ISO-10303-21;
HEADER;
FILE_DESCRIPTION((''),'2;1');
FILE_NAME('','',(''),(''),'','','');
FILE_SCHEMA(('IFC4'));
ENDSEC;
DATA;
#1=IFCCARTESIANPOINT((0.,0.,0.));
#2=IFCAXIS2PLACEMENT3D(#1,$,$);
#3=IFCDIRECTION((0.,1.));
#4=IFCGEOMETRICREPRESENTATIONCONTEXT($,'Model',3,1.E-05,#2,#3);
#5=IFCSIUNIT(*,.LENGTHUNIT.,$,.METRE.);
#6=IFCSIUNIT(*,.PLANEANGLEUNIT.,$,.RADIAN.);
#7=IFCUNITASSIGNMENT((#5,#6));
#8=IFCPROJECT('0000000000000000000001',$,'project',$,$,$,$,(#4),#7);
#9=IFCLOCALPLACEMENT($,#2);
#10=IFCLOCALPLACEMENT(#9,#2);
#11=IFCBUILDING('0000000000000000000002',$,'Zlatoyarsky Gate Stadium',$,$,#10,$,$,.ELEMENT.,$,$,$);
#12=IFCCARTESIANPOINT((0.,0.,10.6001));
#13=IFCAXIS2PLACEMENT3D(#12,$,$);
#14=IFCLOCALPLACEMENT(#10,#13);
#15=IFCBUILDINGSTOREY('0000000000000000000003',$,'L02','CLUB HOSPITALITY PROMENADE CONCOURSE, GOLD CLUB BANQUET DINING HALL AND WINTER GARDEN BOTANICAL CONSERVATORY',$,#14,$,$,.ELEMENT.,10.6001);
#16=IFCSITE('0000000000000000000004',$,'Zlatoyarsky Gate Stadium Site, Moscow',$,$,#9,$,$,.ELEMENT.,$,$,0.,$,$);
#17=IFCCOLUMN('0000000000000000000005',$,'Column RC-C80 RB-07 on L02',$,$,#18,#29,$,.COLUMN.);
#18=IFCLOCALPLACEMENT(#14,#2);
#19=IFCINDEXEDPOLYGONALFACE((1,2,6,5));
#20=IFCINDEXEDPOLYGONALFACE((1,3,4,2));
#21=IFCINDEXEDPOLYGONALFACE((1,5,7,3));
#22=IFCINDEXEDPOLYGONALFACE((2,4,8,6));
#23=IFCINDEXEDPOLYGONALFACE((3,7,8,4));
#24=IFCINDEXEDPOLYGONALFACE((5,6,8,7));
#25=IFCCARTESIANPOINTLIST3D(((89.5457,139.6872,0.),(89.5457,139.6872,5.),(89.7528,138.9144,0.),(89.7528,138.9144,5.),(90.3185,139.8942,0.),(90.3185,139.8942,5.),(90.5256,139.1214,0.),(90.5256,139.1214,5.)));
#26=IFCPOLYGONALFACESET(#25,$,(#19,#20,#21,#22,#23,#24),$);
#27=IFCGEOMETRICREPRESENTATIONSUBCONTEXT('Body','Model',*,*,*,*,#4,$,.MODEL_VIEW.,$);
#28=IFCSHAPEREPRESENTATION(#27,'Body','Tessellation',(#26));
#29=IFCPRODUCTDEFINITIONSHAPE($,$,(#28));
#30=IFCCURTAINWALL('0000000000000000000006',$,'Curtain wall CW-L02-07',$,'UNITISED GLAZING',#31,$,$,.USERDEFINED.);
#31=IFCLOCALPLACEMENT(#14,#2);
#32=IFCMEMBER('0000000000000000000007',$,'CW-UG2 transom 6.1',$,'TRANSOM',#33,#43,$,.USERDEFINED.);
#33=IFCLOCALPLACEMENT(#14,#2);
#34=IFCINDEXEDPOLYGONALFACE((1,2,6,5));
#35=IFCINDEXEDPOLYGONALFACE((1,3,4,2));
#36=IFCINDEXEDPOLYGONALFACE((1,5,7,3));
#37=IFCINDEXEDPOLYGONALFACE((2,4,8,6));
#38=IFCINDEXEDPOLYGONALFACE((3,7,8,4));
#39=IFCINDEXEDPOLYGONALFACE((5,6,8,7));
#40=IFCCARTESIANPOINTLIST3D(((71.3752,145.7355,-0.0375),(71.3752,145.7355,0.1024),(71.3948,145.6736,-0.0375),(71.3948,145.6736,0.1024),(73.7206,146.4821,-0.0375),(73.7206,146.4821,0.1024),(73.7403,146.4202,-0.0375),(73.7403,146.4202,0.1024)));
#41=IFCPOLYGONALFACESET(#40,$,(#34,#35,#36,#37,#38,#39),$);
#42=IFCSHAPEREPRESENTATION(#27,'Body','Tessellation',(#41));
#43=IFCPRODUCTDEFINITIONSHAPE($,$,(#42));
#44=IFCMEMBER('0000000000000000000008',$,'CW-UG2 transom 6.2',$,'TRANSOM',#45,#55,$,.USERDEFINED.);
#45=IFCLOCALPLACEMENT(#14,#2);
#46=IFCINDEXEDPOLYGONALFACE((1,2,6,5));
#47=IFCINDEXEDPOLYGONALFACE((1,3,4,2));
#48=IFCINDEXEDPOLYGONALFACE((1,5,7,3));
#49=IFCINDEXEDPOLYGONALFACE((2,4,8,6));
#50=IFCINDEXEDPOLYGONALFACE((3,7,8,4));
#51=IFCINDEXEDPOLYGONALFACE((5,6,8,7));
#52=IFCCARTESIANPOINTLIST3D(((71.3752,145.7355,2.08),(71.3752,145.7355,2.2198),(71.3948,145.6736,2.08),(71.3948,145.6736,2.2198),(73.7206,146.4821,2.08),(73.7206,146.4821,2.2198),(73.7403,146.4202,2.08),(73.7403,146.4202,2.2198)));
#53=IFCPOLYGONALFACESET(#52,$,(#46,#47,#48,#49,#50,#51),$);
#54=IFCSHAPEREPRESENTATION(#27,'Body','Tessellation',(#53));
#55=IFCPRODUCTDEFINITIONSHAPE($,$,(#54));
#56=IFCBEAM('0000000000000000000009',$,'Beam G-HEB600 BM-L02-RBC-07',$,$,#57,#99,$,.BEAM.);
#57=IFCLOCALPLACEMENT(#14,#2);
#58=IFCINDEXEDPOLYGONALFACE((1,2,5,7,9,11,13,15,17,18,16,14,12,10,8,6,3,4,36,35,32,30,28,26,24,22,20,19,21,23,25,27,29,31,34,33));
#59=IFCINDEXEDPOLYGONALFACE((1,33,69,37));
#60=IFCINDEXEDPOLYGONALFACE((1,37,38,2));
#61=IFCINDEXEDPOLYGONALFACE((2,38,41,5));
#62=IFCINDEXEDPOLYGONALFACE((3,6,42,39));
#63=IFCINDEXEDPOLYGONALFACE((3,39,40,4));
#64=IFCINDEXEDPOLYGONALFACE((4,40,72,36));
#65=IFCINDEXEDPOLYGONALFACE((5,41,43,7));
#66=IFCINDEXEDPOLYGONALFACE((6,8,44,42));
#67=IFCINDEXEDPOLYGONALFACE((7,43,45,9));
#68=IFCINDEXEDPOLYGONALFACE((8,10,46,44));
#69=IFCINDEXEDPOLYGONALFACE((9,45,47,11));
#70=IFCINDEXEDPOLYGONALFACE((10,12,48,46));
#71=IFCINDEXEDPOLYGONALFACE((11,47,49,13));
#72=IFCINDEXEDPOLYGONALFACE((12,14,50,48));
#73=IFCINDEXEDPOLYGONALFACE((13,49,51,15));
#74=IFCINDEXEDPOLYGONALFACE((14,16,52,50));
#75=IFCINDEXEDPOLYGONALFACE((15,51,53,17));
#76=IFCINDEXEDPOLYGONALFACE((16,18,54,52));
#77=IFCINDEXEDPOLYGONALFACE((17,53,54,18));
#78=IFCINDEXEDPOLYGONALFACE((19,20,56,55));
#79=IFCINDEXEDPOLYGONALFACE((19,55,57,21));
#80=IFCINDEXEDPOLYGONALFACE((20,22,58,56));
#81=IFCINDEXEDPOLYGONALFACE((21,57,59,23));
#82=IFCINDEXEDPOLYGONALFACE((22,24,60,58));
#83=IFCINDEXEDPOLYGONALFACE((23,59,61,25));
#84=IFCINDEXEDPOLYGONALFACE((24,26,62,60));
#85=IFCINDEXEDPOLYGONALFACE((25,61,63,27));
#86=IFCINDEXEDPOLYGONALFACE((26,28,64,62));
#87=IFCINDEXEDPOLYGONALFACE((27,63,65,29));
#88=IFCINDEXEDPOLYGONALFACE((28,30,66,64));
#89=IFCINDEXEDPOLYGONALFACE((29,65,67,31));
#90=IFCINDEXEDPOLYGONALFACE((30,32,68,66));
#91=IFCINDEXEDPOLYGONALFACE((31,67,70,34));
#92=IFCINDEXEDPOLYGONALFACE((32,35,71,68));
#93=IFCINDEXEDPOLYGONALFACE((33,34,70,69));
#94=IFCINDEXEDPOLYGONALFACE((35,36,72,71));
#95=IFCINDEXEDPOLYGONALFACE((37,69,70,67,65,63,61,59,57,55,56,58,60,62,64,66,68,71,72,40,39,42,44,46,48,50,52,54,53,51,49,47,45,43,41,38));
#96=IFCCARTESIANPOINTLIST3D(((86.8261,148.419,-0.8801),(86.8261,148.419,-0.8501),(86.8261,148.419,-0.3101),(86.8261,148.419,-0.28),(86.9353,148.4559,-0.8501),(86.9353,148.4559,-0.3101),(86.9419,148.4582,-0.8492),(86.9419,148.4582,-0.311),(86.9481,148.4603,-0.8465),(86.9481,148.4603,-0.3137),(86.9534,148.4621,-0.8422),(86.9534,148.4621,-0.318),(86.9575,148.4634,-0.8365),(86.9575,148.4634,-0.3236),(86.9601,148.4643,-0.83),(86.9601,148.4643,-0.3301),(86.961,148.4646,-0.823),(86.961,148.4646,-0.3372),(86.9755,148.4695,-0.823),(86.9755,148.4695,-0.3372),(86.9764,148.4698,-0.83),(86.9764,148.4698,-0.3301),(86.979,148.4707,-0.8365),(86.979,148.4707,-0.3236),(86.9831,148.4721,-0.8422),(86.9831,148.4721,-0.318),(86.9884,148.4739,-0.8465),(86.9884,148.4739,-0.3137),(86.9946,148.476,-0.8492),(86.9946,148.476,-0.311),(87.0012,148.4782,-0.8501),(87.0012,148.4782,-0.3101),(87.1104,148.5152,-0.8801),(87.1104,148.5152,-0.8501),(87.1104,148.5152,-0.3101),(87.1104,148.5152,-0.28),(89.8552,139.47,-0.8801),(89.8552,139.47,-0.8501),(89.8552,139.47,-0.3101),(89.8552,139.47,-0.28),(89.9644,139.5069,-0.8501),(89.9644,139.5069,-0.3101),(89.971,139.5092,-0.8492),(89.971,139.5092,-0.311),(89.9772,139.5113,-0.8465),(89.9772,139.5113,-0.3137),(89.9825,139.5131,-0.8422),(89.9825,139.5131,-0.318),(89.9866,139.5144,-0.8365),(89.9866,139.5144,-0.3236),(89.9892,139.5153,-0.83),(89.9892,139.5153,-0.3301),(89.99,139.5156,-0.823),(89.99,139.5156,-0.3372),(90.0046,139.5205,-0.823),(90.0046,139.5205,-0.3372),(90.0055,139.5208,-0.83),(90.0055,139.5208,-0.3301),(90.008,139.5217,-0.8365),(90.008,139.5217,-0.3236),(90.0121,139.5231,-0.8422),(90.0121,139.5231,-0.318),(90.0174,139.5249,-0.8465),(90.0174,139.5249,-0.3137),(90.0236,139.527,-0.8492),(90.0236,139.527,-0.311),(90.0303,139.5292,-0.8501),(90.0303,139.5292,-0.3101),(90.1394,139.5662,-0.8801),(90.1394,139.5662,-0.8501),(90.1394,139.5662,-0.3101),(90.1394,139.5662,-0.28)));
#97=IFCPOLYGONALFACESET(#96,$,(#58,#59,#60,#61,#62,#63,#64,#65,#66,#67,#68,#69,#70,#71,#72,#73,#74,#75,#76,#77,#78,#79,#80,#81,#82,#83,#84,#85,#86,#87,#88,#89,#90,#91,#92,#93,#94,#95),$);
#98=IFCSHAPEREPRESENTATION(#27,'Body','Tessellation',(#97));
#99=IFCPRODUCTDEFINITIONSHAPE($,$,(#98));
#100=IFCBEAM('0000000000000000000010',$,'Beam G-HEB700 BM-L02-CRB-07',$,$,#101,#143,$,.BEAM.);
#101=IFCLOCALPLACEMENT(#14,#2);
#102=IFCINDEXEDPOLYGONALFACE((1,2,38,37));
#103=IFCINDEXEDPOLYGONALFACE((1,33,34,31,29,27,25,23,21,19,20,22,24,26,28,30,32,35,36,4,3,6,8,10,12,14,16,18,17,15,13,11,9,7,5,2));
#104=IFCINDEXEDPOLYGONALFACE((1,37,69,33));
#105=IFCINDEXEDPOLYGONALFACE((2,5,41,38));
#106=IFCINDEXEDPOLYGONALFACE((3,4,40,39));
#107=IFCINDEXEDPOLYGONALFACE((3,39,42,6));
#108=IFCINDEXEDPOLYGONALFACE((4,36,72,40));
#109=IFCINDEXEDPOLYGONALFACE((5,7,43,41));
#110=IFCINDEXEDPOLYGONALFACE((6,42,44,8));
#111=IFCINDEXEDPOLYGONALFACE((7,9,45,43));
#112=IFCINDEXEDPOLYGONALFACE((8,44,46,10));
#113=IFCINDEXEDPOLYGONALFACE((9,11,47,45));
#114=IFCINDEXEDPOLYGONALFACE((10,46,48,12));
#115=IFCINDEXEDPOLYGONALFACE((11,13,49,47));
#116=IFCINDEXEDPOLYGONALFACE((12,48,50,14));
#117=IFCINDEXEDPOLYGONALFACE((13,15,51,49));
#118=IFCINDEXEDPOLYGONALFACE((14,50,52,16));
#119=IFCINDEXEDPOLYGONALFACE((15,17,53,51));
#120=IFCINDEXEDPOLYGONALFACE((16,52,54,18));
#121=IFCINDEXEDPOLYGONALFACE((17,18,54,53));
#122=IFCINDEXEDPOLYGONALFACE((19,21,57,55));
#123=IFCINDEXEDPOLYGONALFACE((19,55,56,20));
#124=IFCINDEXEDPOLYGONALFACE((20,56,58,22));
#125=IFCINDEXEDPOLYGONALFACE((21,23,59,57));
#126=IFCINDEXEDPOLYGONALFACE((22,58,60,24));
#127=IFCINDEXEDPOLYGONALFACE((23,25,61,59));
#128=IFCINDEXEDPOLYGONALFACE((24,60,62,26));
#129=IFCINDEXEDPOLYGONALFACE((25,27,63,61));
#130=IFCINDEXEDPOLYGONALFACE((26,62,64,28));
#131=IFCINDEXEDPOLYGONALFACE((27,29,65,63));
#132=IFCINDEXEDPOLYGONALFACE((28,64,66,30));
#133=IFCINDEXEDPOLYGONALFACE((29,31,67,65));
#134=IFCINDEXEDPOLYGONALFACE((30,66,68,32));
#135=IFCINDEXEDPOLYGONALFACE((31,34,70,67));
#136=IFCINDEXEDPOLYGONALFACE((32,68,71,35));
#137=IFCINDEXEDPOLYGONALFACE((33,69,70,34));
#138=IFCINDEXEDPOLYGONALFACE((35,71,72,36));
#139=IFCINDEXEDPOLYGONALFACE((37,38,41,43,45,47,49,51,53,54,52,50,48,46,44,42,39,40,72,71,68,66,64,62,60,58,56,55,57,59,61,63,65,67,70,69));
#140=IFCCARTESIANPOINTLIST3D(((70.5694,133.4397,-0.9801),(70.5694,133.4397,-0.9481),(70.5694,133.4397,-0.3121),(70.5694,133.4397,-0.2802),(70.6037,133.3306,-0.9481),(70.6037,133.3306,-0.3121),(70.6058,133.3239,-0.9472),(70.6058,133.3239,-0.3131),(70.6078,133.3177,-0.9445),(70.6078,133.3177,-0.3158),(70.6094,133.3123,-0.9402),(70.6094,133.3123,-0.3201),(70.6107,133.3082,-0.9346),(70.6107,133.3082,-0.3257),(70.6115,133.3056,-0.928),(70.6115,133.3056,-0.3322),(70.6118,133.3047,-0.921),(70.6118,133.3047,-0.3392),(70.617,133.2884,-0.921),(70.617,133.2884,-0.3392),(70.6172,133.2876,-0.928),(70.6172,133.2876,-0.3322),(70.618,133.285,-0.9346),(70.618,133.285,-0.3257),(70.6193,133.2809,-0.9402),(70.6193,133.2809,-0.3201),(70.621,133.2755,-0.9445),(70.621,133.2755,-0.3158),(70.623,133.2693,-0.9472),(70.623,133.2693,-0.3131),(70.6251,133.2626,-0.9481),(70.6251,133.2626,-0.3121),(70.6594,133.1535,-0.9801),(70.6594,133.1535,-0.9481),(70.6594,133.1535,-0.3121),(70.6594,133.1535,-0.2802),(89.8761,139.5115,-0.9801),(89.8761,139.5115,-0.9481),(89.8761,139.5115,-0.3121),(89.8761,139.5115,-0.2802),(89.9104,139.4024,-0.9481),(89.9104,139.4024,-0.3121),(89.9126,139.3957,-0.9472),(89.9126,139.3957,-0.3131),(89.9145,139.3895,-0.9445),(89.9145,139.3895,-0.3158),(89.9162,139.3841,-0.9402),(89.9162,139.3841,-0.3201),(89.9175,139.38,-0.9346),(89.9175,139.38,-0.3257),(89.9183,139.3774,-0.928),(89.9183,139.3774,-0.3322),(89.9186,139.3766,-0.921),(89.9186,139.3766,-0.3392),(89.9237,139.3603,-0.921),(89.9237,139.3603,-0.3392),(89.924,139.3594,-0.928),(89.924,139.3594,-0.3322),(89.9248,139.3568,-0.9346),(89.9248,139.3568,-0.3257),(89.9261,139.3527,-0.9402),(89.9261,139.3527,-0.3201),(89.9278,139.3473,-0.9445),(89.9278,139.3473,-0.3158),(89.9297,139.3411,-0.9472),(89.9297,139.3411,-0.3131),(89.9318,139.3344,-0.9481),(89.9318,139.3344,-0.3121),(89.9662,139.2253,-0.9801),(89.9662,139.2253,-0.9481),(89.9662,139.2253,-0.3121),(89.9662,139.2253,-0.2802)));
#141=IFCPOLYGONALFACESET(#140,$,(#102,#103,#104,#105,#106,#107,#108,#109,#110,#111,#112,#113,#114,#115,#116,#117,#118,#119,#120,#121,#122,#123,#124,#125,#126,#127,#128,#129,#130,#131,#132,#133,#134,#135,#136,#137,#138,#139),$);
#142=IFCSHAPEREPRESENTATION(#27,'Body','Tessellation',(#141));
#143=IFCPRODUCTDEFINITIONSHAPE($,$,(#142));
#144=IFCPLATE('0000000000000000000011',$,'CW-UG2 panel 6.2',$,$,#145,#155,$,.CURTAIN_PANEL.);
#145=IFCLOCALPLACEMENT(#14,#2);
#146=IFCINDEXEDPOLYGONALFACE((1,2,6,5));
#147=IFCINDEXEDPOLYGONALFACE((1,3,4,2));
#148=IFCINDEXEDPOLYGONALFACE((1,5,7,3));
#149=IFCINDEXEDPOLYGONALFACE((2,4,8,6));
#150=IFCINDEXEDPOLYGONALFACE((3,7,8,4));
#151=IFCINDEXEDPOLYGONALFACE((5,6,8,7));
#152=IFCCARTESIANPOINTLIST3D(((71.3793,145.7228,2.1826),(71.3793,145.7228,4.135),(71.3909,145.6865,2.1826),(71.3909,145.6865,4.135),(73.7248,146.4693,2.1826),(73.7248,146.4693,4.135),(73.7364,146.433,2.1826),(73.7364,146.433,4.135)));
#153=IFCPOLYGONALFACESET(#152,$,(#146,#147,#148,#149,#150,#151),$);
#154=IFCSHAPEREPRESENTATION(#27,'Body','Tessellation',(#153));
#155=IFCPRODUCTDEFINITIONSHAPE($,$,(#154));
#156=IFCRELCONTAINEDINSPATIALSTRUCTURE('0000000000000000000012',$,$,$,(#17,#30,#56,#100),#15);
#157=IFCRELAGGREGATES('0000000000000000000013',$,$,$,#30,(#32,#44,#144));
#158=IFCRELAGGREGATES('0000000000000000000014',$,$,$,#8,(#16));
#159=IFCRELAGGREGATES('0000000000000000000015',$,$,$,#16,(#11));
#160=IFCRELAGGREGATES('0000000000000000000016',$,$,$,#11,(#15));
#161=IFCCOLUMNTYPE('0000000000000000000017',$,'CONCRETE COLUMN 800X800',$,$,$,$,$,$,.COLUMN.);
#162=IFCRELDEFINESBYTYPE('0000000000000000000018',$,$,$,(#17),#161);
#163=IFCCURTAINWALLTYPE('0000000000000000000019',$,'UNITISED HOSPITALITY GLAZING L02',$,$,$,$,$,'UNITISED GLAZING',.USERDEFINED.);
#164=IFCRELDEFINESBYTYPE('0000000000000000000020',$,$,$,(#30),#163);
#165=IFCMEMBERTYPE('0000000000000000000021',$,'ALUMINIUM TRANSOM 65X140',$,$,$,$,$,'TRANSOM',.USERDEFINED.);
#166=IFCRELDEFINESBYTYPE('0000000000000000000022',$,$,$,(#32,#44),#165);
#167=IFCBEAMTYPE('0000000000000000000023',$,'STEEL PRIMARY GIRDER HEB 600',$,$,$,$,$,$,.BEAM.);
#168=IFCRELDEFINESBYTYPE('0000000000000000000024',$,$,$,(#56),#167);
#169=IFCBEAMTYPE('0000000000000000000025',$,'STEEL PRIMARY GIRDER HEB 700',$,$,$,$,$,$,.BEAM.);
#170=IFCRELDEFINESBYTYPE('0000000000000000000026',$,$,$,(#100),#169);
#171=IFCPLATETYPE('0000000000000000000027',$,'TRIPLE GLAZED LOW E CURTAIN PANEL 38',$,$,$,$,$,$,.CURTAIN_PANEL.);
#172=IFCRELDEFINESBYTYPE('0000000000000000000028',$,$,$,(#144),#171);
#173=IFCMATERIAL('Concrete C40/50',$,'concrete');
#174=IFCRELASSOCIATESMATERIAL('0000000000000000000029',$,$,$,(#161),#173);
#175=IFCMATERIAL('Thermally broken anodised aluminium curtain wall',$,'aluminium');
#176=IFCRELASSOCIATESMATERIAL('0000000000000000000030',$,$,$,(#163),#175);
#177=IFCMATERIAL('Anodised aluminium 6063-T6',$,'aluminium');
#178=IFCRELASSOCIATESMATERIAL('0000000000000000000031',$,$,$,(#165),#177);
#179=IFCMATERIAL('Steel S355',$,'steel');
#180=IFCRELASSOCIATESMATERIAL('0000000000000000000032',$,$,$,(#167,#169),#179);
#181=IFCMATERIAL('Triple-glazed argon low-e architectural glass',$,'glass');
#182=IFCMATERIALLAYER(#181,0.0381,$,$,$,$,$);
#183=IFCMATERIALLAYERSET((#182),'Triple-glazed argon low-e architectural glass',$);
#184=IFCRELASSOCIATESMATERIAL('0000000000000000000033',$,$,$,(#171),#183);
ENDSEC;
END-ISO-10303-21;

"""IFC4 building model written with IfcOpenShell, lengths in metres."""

from ifc_helpers import new_model, si_unit, direction, frame, origin, origin_2d, place, context, subcontext, project, spatial, rectangle, i_section, extrude, material, layer, layer_set, material_profile, profile_set, type_object, element, aggregate, save


model = new_model("IFC4")

# Units and contexts
model_context = context("Model", 3, precision=1e-05, world=origin(), true_north=direction((0.0, 1.0)))
body_context = subcontext(model_context, "Body", "Model", "MODEL_VIEW")
ifc_project = project(units=[si_unit("LENGTHUNIT", "METRE"), si_unit("PLANEANGLEUNIT", "RADIAN")], contexts=[model_context])

# Site, building, storey
site_placement = place(None, origin())
site = spatial("IfcSite", under=ifc_project, at=site_placement, Name="Zlatoyarsky Gate Stadium Site, Moscow", CompositionType="ELEMENT", RefElevation=0.0)
building_placement = place(site_placement, origin())
building = spatial("IfcBuilding", under=site, at=building_placement, Name="Zlatoyarsky Gate Stadium", CompositionType="ELEMENT")
storey_placement = place(building_placement, frame((0.0, 0.0, 10.6001)))
storey = spatial("IfcBuildingStorey", under=building, at=storey_placement, Name="L02", Description="CLUB HOSPITALITY PROMENADE CONCOURSE, GOLD CLUB BANQUET DINING HALL AND WINTER GARDEN BOTANICAL CONSERVATORY", CompositionType="ELEMENT", Elevation=10.6001)

# Column
ifc_material_1 = material(Name="Concrete C40/50", Category="concrete")
ifc_material_profile_1 = material_profile(ifc_material_1, rectangle(XDim=0.8, YDim=0.8, at=origin_2d()), Name="RC COL 800X800")
ifc_profile_set_1 = profile_set([ifc_material_profile_1], Name="Concrete C40/50")
column_type = type_object("IfcColumnType", Name="CONCRETE COLUMN 800X800", PredefinedType="COLUMN", material=ifc_profile_set_1)
column_placement = place(storey_placement, frame((90.0356, 139.4043, 0.0), z_axis=(0.0, 0.0, 1.0), x_axis=(-0.258819, 0.965926, 0.0)))
element("IfcColumn", 1, at=column_placement, inside=storey, type_object=column_type, Name="Column RC-C80 RB-07 on L02", PredefinedType="COLUMN", context=body_context, shape_type="SweptSolid", body=[
    extrude(rectangle(XDim=0.8, YDim=0.8, at=origin_2d()), origin(), (0.0, 0.0, 1.0), 5.0),
])

# Curtain wall, members
ifc_material_2 = material(Name="Thermally broken anodised aluminium curtain wall", Category="aluminium")
curtain_wall_type = type_object("IfcCurtainWallType", Name="UNITISED HOSPITALITY GLAZING L02", ElementType="UNITISED GLAZING", PredefinedType="USERDEFINED", material=ifc_material_2)
curtain_wall_placement = place(storey_placement, origin())
curtain_wall = element("IfcCurtainWall", 2, at=curtain_wall_placement, inside=storey, type_object=curtain_wall_type, Name="Curtain wall CW-L02-07", ObjectType="UNITISED GLAZING", PredefinedType="USERDEFINED")
ifc_material_3 = material(Name="Anodised aluminium 6063-T6", Category="aluminium")
ifc_material_profile_2 = material_profile(ifc_material_3, rectangle(XDim=0.0649, YDim=0.1399, at=origin_2d()), Name="ALU 65X140")
ifc_profile_set_2 = profile_set([ifc_material_profile_2], Name="Anodised aluminium 6063-T6")
member_type = type_object("IfcMemberType", Name="ALUMINIUM TRANSOM 65X140", ElementType="TRANSOM", PredefinedType="USERDEFINED", material=ifc_profile_set_2)
member_1_placement = place(storey_placement, frame((73.7305, 146.4512, 0.0325), z_axis=(-0.952891, -0.303314, 0.0), x_axis=(0.303314, -0.952891, 0.0)))
member_1 = element("IfcMember", 3, at=member_1_placement, type_object=member_type, Name="CW-UG2 transom 6.1", ObjectType="TRANSOM", PredefinedType="USERDEFINED", context=body_context, shape_type="SweptSolid", body=[
    extrude(rectangle(XDim=0.0649, YDim=0.1399, at=origin_2d()), origin(), (0.0, 0.0, 1.0), 2.4614),
])
member_2_placement = place(storey_placement, frame((73.7305, 146.4512, 2.1499), z_axis=(-0.952891, -0.303314, 0.0), x_axis=(0.303314, -0.952891, 0.0)))
member_2 = element("IfcMember", 4, at=member_2_placement, type_object=member_type, Name="CW-UG2 transom 6.2", ObjectType="TRANSOM", PredefinedType="USERDEFINED", context=body_context, shape_type="SweptSolid", body=[
    extrude(rectangle(XDim=0.0649, YDim=0.1399, at=origin_2d()), origin(), (0.0, 0.0, 1.0), 2.4614),
])

# Beams
ifc_material_4 = material(Name="Steel S355", Category="steel")
ifc_material_profile_3 = material_profile(ifc_material_4, i_section(OverallWidth=0.3, OverallDepth=0.6001, WebThickness=0.0154, FlangeThickness=0.03, FilletRadius=0.0271, at=origin_2d()), Name="HEB 600")
ifc_profile_set_3 = profile_set([ifc_material_profile_3], Name="Steel S355")
beam_type_1 = type_object("IfcBeamType", Name="STEEL PRIMARY GIRDER HEB 600", PredefinedType="BEAM", material=ifc_profile_set_3)
beam_1_placement = place(storey_placement, frame((89.9973, 139.5181, -0.5801), z_axis=(-0.320612, 0.947211, 0.0), x_axis=(-0.947211, -0.320612, 0.0)))
element("IfcBeam", 5, at=beam_1_placement, inside=storey, type_object=beam_type_1, Name="Beam G-HEB600 BM-L02-RBC-07", PredefinedType="BEAM", context=body_context, shape_type="SweptSolid", body=[
    extrude(i_section(OverallWidth=0.3, OverallDepth=0.6001, WebThickness=0.0154, FlangeThickness=0.03, FilletRadius=0.0271, at=origin_2d()), origin(), (0.0, 0.0, 1.0), 9.4478),
])
ifc_material_profile_4 = material_profile(ifc_material_4, i_section(OverallWidth=0.3, OverallDepth=0.7, WebThickness=0.0171, FlangeThickness=0.032, FilletRadius=0.0271, at=origin_2d()), Name="HEB 700")
ifc_profile_set_4 = profile_set([ifc_material_profile_4], Name="Steel S355")
beam_type_2 = type_object("IfcBeamType", Name="STEEL PRIMARY GIRDER HEB 700", PredefinedType="BEAM", material=ifc_profile_set_4)
beam_2_placement = place(storey_placement, frame((89.9211, 139.3684, -0.6301), z_axis=(-0.953938, -0.300005, 0.0), x_axis=(0.300005, -0.953938, 0.0)))
element("IfcBeam", 6, at=beam_2_placement, inside=storey, type_object=beam_type_2, Name="Beam G-HEB700 BM-L02-CRB-07", PredefinedType="BEAM", context=body_context, shape_type="SweptSolid", body=[
    extrude(i_section(OverallWidth=0.3, OverallDepth=0.7, WebThickness=0.0171, FlangeThickness=0.032, FilletRadius=0.0271, at=origin_2d()), origin(), (0.0, 0.0, 1.0), 20.239),
])

# Plate
ifc_material_5 = material(Name="Triple-glazed argon low-e architectural glass", Category="glass")
ifc_layer_1 = layer(ifc_material_5, 0.0381)
ifc_layer_set_1 = layer_set([ifc_layer_1], Name="Triple-glazed argon low-e architectural glass")
plate_type = type_object("IfcPlateType", Name="TRIPLE GLAZED LOW E CURTAIN PANEL 38", PredefinedType="CURTAIN_PANEL", material=ifc_layer_set_1)
plate_placement = place(storey_placement, frame((72.5579, 146.0779, 2.1826), z_axis=(0.0, 0.0, 1.0), x_axis=(-0.952902, -0.303279, 0.0)))
plate = element("IfcPlate", 7, at=plate_placement, type_object=plate_type, Name="CW-UG2 panel 6.2", PredefinedType="CURTAIN_PANEL", context=body_context, shape_type="SweptSolid", body=[
    extrude(rectangle(XDim=2.4614, YDim=0.0381, at=origin_2d()), origin(), (0.0, 0.0, 1.0), 1.9524),
])
aggregate(curtain_wall, [member_1, member_2, plate])

save(model, "model.ifc")
